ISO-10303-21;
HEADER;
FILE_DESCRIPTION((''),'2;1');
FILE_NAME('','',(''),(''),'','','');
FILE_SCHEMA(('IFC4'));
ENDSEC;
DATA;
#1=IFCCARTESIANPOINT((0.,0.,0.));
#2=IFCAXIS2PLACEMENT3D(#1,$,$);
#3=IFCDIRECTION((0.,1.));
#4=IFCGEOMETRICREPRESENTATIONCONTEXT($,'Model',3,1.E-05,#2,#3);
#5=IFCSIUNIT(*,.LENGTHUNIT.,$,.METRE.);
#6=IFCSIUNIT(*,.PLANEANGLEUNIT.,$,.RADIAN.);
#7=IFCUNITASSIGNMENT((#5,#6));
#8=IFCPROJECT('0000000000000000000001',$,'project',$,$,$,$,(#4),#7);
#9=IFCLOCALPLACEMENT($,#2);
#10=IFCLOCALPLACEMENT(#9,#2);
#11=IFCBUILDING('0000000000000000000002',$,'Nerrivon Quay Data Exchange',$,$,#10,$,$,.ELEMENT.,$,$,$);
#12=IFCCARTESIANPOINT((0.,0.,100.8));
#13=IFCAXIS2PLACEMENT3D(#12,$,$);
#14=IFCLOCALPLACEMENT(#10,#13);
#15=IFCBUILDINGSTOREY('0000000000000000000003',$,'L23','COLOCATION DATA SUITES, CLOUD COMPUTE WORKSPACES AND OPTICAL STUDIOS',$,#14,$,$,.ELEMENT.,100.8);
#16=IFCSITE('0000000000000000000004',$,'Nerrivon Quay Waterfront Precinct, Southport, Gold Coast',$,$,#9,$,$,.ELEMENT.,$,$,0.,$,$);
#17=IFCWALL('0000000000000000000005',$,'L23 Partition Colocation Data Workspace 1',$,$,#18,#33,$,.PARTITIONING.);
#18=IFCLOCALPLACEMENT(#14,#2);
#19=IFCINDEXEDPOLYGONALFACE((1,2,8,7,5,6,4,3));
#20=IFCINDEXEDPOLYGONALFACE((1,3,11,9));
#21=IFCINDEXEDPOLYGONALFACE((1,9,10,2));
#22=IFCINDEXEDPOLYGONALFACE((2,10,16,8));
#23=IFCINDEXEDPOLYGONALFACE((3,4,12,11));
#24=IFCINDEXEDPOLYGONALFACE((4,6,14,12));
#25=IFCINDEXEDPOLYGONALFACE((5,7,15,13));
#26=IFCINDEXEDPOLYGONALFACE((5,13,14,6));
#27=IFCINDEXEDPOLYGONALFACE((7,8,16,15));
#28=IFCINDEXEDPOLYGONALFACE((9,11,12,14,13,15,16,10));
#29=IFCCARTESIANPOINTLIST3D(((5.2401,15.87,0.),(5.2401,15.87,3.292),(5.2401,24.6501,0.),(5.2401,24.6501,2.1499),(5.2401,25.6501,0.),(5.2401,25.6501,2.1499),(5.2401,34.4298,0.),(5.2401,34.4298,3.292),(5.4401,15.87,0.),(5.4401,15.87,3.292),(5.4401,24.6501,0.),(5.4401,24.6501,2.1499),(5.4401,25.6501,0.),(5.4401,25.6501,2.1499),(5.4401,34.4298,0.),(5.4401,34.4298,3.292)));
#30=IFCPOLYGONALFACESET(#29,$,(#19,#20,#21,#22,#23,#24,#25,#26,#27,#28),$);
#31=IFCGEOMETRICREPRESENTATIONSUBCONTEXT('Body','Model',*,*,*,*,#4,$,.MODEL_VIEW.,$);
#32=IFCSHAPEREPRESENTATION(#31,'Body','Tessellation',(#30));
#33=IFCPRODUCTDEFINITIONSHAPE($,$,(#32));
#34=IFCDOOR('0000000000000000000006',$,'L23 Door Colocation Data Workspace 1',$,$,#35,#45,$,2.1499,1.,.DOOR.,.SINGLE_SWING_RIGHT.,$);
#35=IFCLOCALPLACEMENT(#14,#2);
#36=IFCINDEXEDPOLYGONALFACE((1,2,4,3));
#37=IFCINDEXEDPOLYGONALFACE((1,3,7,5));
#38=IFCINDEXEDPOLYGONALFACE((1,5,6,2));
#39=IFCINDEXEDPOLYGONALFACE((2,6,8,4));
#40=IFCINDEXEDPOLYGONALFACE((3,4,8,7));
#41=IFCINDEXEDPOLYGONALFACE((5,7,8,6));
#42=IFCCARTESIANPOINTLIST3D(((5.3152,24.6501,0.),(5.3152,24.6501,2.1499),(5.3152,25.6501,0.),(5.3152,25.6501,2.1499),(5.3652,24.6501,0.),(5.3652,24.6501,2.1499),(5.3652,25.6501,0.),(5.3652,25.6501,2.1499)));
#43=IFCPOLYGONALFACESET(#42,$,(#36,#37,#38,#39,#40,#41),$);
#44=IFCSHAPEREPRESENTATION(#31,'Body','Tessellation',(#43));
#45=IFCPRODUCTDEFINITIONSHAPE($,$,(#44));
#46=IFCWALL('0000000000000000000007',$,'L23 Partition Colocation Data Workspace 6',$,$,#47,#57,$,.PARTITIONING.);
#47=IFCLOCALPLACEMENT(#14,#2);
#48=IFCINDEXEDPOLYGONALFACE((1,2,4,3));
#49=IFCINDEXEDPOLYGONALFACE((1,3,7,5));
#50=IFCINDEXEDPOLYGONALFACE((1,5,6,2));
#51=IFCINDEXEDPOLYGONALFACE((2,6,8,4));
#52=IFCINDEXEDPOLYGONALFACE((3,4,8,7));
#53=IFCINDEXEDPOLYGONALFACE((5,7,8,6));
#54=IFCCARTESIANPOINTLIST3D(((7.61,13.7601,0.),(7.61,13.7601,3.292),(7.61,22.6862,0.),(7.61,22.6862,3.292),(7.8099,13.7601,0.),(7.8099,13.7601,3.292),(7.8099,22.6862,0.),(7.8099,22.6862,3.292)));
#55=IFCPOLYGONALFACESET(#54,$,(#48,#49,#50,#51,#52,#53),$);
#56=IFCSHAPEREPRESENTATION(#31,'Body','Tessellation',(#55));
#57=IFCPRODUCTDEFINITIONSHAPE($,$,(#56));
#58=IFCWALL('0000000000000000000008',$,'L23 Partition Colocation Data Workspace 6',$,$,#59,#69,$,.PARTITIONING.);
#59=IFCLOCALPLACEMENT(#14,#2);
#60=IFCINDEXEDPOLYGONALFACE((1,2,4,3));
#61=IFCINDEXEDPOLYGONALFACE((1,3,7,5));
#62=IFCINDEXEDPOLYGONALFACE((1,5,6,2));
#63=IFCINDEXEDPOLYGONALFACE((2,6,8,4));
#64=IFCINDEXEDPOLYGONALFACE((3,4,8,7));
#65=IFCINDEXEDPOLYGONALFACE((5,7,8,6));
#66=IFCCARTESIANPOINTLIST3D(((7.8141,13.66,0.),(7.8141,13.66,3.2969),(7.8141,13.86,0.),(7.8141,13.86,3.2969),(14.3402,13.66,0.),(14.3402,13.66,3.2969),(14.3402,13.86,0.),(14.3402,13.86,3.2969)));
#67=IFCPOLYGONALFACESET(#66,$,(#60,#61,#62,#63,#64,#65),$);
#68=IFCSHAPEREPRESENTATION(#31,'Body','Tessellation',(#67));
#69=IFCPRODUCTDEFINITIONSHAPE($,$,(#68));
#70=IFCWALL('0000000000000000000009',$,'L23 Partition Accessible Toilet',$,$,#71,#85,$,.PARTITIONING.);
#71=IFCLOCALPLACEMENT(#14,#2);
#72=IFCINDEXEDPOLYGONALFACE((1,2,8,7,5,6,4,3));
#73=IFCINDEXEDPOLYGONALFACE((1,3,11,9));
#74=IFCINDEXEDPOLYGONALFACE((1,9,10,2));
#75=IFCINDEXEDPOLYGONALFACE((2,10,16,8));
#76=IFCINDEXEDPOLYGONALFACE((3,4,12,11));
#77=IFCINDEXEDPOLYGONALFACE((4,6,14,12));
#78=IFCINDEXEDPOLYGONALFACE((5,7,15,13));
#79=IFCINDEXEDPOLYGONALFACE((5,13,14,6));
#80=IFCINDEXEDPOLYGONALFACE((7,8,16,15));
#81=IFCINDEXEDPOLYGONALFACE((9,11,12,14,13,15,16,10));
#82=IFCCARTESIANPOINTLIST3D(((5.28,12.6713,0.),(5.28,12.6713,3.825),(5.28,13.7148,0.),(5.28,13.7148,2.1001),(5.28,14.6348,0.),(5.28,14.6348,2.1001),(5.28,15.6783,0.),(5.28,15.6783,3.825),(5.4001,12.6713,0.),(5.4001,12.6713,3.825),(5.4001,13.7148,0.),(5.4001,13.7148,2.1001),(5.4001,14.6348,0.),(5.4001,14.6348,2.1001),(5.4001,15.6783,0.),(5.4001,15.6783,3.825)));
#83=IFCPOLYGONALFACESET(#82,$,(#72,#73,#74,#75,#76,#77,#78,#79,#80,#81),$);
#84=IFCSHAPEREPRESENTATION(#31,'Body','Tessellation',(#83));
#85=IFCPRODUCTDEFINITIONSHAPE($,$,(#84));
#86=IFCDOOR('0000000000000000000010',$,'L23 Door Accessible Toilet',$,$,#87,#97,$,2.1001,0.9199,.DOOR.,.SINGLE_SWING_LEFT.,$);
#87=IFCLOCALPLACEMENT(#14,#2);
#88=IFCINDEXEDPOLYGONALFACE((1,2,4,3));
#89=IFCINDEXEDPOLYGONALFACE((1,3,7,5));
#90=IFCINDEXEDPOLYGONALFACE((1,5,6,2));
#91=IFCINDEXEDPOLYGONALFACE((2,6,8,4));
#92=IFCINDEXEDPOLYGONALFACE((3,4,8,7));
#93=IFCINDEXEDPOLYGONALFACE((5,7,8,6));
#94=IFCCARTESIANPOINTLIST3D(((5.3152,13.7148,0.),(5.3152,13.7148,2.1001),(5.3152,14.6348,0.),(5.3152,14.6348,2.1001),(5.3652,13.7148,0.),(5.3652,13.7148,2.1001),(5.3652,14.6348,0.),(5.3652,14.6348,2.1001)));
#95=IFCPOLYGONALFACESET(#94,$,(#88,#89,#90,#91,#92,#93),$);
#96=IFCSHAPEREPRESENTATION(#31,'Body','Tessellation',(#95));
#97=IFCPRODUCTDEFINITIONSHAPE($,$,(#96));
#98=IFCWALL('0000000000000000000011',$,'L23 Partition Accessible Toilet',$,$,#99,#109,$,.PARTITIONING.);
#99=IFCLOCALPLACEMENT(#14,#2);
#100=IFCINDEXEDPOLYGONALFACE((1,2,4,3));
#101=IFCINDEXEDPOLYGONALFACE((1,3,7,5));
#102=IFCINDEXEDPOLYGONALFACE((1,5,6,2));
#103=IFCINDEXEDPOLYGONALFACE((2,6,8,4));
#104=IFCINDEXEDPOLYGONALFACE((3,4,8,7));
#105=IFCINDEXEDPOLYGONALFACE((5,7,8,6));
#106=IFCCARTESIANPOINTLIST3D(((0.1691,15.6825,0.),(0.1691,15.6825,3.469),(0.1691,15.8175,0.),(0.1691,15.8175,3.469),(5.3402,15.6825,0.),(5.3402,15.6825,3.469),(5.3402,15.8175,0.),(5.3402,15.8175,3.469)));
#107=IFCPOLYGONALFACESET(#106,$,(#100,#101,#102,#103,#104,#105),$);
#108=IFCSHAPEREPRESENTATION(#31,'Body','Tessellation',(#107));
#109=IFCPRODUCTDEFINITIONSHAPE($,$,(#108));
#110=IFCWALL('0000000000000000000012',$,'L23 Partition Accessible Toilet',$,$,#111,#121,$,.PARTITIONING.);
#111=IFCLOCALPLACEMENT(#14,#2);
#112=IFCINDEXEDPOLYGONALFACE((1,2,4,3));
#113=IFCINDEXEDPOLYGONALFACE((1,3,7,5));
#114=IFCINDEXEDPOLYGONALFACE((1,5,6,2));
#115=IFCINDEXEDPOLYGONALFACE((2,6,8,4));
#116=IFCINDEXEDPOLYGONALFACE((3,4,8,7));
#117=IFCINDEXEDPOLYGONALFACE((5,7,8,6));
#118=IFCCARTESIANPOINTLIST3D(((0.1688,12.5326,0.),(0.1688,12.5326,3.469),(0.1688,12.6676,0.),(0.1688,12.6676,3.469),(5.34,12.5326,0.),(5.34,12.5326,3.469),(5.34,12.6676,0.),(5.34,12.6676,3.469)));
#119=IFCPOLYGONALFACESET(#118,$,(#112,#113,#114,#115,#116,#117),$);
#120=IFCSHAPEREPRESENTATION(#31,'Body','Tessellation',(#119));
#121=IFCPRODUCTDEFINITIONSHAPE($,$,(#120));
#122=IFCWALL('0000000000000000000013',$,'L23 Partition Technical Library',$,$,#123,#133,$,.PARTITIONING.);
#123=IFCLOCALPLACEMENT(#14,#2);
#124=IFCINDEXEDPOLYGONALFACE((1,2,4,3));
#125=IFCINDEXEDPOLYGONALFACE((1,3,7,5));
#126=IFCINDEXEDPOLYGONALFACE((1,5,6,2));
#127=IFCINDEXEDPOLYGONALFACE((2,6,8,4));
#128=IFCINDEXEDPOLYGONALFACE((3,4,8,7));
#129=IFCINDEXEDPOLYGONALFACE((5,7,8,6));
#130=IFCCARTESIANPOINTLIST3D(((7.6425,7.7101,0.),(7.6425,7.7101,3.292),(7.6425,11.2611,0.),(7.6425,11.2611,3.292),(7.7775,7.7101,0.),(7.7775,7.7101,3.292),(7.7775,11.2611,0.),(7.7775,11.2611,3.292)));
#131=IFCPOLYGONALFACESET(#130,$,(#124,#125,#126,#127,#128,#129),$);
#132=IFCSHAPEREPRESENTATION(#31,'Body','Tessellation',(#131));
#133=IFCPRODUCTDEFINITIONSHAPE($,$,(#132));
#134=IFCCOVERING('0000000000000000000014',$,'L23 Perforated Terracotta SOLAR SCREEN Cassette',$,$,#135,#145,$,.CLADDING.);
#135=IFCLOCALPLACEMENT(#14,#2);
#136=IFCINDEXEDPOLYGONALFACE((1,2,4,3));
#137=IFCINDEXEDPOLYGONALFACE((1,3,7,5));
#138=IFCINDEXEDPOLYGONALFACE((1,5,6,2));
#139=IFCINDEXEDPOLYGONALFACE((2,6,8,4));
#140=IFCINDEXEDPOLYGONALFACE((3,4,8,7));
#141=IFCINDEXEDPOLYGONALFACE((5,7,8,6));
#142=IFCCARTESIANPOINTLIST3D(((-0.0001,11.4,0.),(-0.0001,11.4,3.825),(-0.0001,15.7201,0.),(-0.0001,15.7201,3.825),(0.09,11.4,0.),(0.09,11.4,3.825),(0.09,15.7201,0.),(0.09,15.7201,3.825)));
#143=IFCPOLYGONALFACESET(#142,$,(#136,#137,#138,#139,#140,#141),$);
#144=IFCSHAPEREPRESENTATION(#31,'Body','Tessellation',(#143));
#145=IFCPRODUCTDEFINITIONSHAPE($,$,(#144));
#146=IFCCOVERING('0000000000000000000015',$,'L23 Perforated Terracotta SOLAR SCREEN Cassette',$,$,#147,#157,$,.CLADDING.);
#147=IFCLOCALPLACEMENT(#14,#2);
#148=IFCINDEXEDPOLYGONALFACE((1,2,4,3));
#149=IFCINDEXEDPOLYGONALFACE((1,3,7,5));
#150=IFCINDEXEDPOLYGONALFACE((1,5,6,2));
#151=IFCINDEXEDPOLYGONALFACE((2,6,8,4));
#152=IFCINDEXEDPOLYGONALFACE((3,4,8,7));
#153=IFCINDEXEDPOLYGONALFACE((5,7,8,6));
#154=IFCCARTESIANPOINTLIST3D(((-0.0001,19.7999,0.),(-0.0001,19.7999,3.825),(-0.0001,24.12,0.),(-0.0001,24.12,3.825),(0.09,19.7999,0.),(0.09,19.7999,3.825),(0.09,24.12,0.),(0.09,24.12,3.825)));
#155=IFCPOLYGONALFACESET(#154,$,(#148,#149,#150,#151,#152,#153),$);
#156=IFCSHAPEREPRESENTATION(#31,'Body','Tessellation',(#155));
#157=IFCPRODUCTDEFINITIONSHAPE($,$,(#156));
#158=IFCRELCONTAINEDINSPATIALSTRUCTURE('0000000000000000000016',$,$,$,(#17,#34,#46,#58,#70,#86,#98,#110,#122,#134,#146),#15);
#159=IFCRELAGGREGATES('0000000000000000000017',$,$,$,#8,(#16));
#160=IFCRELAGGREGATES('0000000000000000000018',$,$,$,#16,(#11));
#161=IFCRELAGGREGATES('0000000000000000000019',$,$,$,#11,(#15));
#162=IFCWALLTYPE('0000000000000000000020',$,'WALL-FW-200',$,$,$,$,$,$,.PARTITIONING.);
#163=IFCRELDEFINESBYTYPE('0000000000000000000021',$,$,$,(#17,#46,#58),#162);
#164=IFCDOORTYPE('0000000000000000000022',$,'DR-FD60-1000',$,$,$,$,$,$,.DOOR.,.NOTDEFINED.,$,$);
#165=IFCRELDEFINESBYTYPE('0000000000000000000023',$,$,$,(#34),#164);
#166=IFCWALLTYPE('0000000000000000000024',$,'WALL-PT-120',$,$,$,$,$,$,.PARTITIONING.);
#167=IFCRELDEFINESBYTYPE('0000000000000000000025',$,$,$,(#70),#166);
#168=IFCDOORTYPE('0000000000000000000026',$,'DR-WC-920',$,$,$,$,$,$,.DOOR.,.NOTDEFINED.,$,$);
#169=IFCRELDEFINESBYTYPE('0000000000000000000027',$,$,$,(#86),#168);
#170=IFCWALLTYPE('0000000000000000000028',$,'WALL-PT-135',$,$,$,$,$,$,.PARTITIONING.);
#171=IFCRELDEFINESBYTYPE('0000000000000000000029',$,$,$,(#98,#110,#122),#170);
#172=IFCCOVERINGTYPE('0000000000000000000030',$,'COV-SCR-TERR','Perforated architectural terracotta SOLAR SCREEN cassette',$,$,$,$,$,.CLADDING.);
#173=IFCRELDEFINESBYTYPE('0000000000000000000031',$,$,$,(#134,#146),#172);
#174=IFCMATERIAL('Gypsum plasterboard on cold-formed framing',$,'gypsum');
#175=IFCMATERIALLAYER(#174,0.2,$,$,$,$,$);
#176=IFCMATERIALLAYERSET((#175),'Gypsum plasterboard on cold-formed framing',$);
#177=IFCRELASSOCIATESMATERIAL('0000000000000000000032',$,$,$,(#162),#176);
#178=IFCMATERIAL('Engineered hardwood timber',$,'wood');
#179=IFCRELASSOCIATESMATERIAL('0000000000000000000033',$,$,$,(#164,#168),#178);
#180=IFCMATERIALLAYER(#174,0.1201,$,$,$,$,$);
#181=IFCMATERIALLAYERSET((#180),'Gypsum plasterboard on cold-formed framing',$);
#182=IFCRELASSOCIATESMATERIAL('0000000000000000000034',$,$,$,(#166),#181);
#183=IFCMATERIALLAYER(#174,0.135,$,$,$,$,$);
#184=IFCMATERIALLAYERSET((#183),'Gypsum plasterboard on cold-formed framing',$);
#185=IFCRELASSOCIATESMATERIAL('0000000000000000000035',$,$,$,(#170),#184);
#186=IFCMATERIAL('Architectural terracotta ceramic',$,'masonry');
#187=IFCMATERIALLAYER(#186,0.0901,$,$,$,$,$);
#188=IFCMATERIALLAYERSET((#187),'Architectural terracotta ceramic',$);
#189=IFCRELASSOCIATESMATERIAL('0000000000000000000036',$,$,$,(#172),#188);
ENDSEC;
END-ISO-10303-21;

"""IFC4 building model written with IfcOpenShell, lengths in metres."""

from ifc_helpers import new_model, si_unit, direction, frame, frame_2d, origin, origin_2d, place, context, subcontext, project, spatial, rectangle, extrude, material, layer, layer_set, type_object, element, fill, save


model = new_model("IFC4")

# Units and contexts
model_context = context("Model", 3, precision=1e-05, world=origin(), true_north=direction((0.0, 1.0)))
body_context = subcontext(model_context, "Body", "Model", "MODEL_VIEW")
ifc_project = project(units=[si_unit("LENGTHUNIT", "METRE"), si_unit("PLANEANGLEUNIT", "RADIAN")], contexts=[model_context])

# Site, building, storey
site_placement = place(None, origin())
site = spatial("IfcSite", under=ifc_project, at=site_placement, Name="Nerrivon Quay Waterfront Precinct, Southport, Gold Coast", CompositionType="ELEMENT", RefElevation=0.0)
building_placement = place(site_placement, origin())
building = spatial("IfcBuilding", under=site, at=building_placement, Name="Nerrivon Quay Data Exchange", CompositionType="ELEMENT")
storey_placement = place(building_placement, frame((0.0, 0.0, 100.8)))
storey = spatial("IfcBuildingStorey", under=building, at=storey_placement, Name="L23", Description="COLOCATION DATA SUITES, CLOUD COMPUTE WORKSPACES AND OPTICAL STUDIOS", CompositionType="ELEMENT", Elevation=100.8)

# Wall, opening, door
ifc_material_1 = material(Name="Gypsum plasterboard on cold-formed framing", Category="gypsum")
ifc_layer_1 = layer(ifc_material_1, 0.2)
ifc_layer_set_1 = layer_set([ifc_layer_1], Name="Gypsum plasterboard on cold-formed framing")
wall_type_1 = type_object("IfcWallType", Name="WALL-FW-200", PredefinedType="PARTITIONING", material=ifc_layer_set_1)
wall_1_placement = place(storey_placement, frame((5.3401, 15.8701, 0.0), z_axis=(0.0, 0.0, 1.0), x_axis=(0.0, 1.0, 0.0)))
wall_1 = element("IfcWall", 1, at=wall_1_placement, inside=storey, type_object=wall_type_1, Name="L23 Partition Colocation Data Workspace 1", PredefinedType="PARTITIONING", context=body_context, shape_type="SweptSolid", body=[
    extrude(rectangle(XDim=18.5598, YDim=0.2, at=frame_2d((9.2798, 0.0))), origin(), (0.0, 0.0, 1.0), 3.292),
])
opening_1_placement = place(wall_1_placement, frame((8.78, 0.0, 0.0)))
opening_1 = element("IfcOpeningElement", 2, at=opening_1_placement, cuts=wall_1, PredefinedType="OPENING", context=body_context, shape_type="SweptSolid", body=[
    extrude(rectangle(XDim=1.0, YDim=2.1499, at=frame_2d((0.5, 1.075))), frame((0.0, 0.1099, 0.0), z_axis=(0.0, -1.0, 0.0), x_axis=(1.0, 0.0, 0.0)), (0.0, 0.0, 1.0), 0.22),
])
ifc_material_2 = material(Name="Engineered hardwood timber", Category="wood")
door_type_1 = type_object("IfcDoorType", Name="DR-FD60-1000", OperationType="NOTDEFINED", PredefinedType="DOOR", material=ifc_material_2)
door_1_placement = place(opening_1_placement, origin())
door_1 = element("IfcDoor", 3, at=door_1_placement, inside=storey, type_object=door_type_1, Name="L23 Door Colocation Data Workspace 1", OperationType="SINGLE_SWING_RIGHT", OverallHeight=2.1499, OverallWidth=1.0, PredefinedType="DOOR", context=body_context, shape_type="SweptSolid", body=[
    extrude(rectangle(XDim=1.0, YDim=2.1499, at=frame_2d((0.5, 1.075))), frame((0.0, 0.0249, 0.0), z_axis=(0.0, -1.0, 0.0), x_axis=(1.0, 0.0, 0.0)), (0.0, 0.0, 1.0), 0.05),
])
fill(opening_1, door_1)

# Walls
wall_2_placement = place(storey_placement, frame((7.71, 22.686, 0.0), z_axis=(0.0, 0.0, 1.0), x_axis=(0.0, -1.0, 0.0)))
element("IfcWall", 4, at=wall_2_placement, inside=storey, type_object=wall_type_1, Name="L23 Partition Colocation Data Workspace 6", PredefinedType="PARTITIONING", context=body_context, shape_type="SweptSolid", body=[
    extrude(rectangle(XDim=8.926, YDim=0.2, at=frame_2d((4.4629, 0.0))), origin(), (0.0, 0.0, 1.0), 3.292),
])
wall_3_placement = place(storey_placement, frame((7.814, 13.76, 0.0), z_axis=(0.0, 0.0, 1.0), x_axis=(1.0, 0.0, 0.0)))
element("IfcWall", 5, at=wall_3_placement, inside=storey, type_object=wall_type_1, Name="L23 Partition Colocation Data Workspace 6", PredefinedType="PARTITIONING", context=body_context, shape_type="SweptSolid", body=[
    extrude(rectangle(XDim=6.5261, YDim=0.2, at=frame_2d((3.2632, 0.0))), origin(), (0.0, 0.0, 1.0), 3.2969),
])

# Wall, opening, door
ifc_layer_2 = layer(ifc_material_1, 0.1201)
ifc_layer_set_2 = layer_set([ifc_layer_2], Name="Gypsum plasterboard on cold-formed framing")
wall_type_2 = type_object("IfcWallType", Name="WALL-PT-120", PredefinedType="PARTITIONING", material=ifc_layer_set_2)
wall_4_placement = place(storey_placement, frame((5.3401, 12.6714, 0.0), z_axis=(0.0, 0.0, 1.0), x_axis=(0.0, 1.0, 0.0)))
wall_4 = element("IfcWall", 6, at=wall_4_placement, inside=storey, type_object=wall_type_2, Name="L23 Partition Accessible Toilet", PredefinedType="PARTITIONING", context=body_context, shape_type="SweptSolid", body=[
    extrude(rectangle(XDim=3.0071, YDim=0.1201, at=frame_2d((1.5034, 0.0))), origin(), (0.0, 0.0, 1.0), 3.825),
])
opening_2_placement = place(wall_4_placement, frame((1.0435, 0.0, 0.0)))
opening_2 = element("IfcOpeningElement", 7, at=opening_2_placement, cuts=wall_4, PredefinedType="OPENING", context=body_context, shape_type="SweptSolid", body=[
    extrude(rectangle(XDim=0.9199, YDim=2.1001, at=frame_2d((0.46, 1.05))), frame((0.0, 0.0701, 0.0), z_axis=(0.0, -1.0, 0.0), x_axis=(1.0, 0.0, 0.0)), (0.0, 0.0, 1.0), 0.1401),
])
door_type_2 = type_object("IfcDoorType", Name="DR-WC-920", OperationType="NOTDEFINED", PredefinedType="DOOR", material=ifc_material_2)
door_2_placement = place(opening_2_placement, origin())
door_2 = element("IfcDoor", 8, at=door_2_placement, inside=storey, type_object=door_type_2, Name="L23 Door Accessible Toilet", OperationType="SINGLE_SWING_LEFT", OverallHeight=2.1001, OverallWidth=0.9199, PredefinedType="DOOR", context=body_context, shape_type="SweptSolid", body=[
    extrude(rectangle(XDim=0.9199, YDim=2.1001, at=frame_2d((0.46, 1.05))), frame((0.0, 0.0249, 0.0), z_axis=(0.0, -1.0, 0.0), x_axis=(1.0, 0.0, 0.0)), (0.0, 0.0, 1.0), 0.05),
])
fill(opening_2, door_2)

# Walls
ifc_layer_3 = layer(ifc_material_1, 0.135)
ifc_layer_set_3 = layer_set([ifc_layer_3], Name="Gypsum plasterboard on cold-formed framing")
wall_type_3 = type_object("IfcWallType", Name="WALL-PT-135", PredefinedType="PARTITIONING", material=ifc_layer_set_3)
for number, where, z_axis, x_axis, name in (
    (9, (5.3401, 15.75, 0.0), (0.0, 0.0, 1.0), (-1.0, 0.0, 0.0), "L23 Partition Accessible Toilet"),
    (10, (0.1689, 12.6001, 0.0), (0.0, 0.0, 1.0), (1.0, 0.0, 0.0), "L23 Partition Accessible Toilet"),
):
    element("IfcWall", number, at=place(storey_placement, frame(where, z_axis=z_axis, x_axis=x_axis)), inside=storey, type_object=wall_type_3, Name=name, PredefinedType="PARTITIONING", context=body_context, shape_type="SweptSolid", body=[
        extrude(rectangle(XDim=5.1711, YDim=0.135, at=frame_2d((2.5854, 0.0))), origin(), (0.0, 0.0, 1.0), 3.469),
    ])
wall_5_placement = place(storey_placement, frame((7.71, 11.261, 0.0), z_axis=(0.0, 0.0, 1.0), x_axis=(0.0, -1.0, 0.0)))
element("IfcWall", 11, at=wall_5_placement, inside=storey, type_object=wall_type_3, Name="L23 Partition Technical Library", PredefinedType="PARTITIONING", context=body_context, shape_type="SweptSolid", body=[
    extrude(rectangle(XDim=3.551, YDim=0.135, at=frame_2d((1.7754, 0.0))), origin(), (0.0, 0.0, 1.0), 3.292),
])

# Coverings
ifc_material_3 = material(Name="Architectural terracotta ceramic", Category="masonry")
ifc_layer_4 = layer(ifc_material_3, 0.0901)
ifc_layer_set_4 = layer_set([ifc_layer_4], Name="Architectural terracotta ceramic")
covering_type = type_object("IfcCoveringType", Name="COV-SCR-TERR", Description="Perforated architectural terracotta SOLAR SCREEN cassette", PredefinedType="CLADDING", material=ifc_layer_set_4)
for number, where, z_axis, x_axis, name in (
    (12, (0.0449, 13.5601, 0.0), (0.0, 0.0, 1.0), (0.0, 1.0, 0.0), "L23 Perforated Terracotta SOLAR SCREEN Cassette"),
    (13, (0.0449, 21.96, 0.0), (0.0, 0.0, 1.0), (0.0, 1.0, 0.0), "L23 Perforated Terracotta SOLAR SCREEN Cassette"),
):
    element("IfcCovering", number, at=place(storey_placement, frame(where, z_axis=z_axis, x_axis=x_axis)), inside=storey, type_object=covering_type, Name=name, PredefinedType="CLADDING", context=body_context, shape_type="SweptSolid", body=[
        extrude(rectangle(XDim=4.3201, YDim=0.0901, at=origin_2d()), origin(), (0.0, 0.0, 1.0), 3.825),
    ])

save(model, "model.ifc")
